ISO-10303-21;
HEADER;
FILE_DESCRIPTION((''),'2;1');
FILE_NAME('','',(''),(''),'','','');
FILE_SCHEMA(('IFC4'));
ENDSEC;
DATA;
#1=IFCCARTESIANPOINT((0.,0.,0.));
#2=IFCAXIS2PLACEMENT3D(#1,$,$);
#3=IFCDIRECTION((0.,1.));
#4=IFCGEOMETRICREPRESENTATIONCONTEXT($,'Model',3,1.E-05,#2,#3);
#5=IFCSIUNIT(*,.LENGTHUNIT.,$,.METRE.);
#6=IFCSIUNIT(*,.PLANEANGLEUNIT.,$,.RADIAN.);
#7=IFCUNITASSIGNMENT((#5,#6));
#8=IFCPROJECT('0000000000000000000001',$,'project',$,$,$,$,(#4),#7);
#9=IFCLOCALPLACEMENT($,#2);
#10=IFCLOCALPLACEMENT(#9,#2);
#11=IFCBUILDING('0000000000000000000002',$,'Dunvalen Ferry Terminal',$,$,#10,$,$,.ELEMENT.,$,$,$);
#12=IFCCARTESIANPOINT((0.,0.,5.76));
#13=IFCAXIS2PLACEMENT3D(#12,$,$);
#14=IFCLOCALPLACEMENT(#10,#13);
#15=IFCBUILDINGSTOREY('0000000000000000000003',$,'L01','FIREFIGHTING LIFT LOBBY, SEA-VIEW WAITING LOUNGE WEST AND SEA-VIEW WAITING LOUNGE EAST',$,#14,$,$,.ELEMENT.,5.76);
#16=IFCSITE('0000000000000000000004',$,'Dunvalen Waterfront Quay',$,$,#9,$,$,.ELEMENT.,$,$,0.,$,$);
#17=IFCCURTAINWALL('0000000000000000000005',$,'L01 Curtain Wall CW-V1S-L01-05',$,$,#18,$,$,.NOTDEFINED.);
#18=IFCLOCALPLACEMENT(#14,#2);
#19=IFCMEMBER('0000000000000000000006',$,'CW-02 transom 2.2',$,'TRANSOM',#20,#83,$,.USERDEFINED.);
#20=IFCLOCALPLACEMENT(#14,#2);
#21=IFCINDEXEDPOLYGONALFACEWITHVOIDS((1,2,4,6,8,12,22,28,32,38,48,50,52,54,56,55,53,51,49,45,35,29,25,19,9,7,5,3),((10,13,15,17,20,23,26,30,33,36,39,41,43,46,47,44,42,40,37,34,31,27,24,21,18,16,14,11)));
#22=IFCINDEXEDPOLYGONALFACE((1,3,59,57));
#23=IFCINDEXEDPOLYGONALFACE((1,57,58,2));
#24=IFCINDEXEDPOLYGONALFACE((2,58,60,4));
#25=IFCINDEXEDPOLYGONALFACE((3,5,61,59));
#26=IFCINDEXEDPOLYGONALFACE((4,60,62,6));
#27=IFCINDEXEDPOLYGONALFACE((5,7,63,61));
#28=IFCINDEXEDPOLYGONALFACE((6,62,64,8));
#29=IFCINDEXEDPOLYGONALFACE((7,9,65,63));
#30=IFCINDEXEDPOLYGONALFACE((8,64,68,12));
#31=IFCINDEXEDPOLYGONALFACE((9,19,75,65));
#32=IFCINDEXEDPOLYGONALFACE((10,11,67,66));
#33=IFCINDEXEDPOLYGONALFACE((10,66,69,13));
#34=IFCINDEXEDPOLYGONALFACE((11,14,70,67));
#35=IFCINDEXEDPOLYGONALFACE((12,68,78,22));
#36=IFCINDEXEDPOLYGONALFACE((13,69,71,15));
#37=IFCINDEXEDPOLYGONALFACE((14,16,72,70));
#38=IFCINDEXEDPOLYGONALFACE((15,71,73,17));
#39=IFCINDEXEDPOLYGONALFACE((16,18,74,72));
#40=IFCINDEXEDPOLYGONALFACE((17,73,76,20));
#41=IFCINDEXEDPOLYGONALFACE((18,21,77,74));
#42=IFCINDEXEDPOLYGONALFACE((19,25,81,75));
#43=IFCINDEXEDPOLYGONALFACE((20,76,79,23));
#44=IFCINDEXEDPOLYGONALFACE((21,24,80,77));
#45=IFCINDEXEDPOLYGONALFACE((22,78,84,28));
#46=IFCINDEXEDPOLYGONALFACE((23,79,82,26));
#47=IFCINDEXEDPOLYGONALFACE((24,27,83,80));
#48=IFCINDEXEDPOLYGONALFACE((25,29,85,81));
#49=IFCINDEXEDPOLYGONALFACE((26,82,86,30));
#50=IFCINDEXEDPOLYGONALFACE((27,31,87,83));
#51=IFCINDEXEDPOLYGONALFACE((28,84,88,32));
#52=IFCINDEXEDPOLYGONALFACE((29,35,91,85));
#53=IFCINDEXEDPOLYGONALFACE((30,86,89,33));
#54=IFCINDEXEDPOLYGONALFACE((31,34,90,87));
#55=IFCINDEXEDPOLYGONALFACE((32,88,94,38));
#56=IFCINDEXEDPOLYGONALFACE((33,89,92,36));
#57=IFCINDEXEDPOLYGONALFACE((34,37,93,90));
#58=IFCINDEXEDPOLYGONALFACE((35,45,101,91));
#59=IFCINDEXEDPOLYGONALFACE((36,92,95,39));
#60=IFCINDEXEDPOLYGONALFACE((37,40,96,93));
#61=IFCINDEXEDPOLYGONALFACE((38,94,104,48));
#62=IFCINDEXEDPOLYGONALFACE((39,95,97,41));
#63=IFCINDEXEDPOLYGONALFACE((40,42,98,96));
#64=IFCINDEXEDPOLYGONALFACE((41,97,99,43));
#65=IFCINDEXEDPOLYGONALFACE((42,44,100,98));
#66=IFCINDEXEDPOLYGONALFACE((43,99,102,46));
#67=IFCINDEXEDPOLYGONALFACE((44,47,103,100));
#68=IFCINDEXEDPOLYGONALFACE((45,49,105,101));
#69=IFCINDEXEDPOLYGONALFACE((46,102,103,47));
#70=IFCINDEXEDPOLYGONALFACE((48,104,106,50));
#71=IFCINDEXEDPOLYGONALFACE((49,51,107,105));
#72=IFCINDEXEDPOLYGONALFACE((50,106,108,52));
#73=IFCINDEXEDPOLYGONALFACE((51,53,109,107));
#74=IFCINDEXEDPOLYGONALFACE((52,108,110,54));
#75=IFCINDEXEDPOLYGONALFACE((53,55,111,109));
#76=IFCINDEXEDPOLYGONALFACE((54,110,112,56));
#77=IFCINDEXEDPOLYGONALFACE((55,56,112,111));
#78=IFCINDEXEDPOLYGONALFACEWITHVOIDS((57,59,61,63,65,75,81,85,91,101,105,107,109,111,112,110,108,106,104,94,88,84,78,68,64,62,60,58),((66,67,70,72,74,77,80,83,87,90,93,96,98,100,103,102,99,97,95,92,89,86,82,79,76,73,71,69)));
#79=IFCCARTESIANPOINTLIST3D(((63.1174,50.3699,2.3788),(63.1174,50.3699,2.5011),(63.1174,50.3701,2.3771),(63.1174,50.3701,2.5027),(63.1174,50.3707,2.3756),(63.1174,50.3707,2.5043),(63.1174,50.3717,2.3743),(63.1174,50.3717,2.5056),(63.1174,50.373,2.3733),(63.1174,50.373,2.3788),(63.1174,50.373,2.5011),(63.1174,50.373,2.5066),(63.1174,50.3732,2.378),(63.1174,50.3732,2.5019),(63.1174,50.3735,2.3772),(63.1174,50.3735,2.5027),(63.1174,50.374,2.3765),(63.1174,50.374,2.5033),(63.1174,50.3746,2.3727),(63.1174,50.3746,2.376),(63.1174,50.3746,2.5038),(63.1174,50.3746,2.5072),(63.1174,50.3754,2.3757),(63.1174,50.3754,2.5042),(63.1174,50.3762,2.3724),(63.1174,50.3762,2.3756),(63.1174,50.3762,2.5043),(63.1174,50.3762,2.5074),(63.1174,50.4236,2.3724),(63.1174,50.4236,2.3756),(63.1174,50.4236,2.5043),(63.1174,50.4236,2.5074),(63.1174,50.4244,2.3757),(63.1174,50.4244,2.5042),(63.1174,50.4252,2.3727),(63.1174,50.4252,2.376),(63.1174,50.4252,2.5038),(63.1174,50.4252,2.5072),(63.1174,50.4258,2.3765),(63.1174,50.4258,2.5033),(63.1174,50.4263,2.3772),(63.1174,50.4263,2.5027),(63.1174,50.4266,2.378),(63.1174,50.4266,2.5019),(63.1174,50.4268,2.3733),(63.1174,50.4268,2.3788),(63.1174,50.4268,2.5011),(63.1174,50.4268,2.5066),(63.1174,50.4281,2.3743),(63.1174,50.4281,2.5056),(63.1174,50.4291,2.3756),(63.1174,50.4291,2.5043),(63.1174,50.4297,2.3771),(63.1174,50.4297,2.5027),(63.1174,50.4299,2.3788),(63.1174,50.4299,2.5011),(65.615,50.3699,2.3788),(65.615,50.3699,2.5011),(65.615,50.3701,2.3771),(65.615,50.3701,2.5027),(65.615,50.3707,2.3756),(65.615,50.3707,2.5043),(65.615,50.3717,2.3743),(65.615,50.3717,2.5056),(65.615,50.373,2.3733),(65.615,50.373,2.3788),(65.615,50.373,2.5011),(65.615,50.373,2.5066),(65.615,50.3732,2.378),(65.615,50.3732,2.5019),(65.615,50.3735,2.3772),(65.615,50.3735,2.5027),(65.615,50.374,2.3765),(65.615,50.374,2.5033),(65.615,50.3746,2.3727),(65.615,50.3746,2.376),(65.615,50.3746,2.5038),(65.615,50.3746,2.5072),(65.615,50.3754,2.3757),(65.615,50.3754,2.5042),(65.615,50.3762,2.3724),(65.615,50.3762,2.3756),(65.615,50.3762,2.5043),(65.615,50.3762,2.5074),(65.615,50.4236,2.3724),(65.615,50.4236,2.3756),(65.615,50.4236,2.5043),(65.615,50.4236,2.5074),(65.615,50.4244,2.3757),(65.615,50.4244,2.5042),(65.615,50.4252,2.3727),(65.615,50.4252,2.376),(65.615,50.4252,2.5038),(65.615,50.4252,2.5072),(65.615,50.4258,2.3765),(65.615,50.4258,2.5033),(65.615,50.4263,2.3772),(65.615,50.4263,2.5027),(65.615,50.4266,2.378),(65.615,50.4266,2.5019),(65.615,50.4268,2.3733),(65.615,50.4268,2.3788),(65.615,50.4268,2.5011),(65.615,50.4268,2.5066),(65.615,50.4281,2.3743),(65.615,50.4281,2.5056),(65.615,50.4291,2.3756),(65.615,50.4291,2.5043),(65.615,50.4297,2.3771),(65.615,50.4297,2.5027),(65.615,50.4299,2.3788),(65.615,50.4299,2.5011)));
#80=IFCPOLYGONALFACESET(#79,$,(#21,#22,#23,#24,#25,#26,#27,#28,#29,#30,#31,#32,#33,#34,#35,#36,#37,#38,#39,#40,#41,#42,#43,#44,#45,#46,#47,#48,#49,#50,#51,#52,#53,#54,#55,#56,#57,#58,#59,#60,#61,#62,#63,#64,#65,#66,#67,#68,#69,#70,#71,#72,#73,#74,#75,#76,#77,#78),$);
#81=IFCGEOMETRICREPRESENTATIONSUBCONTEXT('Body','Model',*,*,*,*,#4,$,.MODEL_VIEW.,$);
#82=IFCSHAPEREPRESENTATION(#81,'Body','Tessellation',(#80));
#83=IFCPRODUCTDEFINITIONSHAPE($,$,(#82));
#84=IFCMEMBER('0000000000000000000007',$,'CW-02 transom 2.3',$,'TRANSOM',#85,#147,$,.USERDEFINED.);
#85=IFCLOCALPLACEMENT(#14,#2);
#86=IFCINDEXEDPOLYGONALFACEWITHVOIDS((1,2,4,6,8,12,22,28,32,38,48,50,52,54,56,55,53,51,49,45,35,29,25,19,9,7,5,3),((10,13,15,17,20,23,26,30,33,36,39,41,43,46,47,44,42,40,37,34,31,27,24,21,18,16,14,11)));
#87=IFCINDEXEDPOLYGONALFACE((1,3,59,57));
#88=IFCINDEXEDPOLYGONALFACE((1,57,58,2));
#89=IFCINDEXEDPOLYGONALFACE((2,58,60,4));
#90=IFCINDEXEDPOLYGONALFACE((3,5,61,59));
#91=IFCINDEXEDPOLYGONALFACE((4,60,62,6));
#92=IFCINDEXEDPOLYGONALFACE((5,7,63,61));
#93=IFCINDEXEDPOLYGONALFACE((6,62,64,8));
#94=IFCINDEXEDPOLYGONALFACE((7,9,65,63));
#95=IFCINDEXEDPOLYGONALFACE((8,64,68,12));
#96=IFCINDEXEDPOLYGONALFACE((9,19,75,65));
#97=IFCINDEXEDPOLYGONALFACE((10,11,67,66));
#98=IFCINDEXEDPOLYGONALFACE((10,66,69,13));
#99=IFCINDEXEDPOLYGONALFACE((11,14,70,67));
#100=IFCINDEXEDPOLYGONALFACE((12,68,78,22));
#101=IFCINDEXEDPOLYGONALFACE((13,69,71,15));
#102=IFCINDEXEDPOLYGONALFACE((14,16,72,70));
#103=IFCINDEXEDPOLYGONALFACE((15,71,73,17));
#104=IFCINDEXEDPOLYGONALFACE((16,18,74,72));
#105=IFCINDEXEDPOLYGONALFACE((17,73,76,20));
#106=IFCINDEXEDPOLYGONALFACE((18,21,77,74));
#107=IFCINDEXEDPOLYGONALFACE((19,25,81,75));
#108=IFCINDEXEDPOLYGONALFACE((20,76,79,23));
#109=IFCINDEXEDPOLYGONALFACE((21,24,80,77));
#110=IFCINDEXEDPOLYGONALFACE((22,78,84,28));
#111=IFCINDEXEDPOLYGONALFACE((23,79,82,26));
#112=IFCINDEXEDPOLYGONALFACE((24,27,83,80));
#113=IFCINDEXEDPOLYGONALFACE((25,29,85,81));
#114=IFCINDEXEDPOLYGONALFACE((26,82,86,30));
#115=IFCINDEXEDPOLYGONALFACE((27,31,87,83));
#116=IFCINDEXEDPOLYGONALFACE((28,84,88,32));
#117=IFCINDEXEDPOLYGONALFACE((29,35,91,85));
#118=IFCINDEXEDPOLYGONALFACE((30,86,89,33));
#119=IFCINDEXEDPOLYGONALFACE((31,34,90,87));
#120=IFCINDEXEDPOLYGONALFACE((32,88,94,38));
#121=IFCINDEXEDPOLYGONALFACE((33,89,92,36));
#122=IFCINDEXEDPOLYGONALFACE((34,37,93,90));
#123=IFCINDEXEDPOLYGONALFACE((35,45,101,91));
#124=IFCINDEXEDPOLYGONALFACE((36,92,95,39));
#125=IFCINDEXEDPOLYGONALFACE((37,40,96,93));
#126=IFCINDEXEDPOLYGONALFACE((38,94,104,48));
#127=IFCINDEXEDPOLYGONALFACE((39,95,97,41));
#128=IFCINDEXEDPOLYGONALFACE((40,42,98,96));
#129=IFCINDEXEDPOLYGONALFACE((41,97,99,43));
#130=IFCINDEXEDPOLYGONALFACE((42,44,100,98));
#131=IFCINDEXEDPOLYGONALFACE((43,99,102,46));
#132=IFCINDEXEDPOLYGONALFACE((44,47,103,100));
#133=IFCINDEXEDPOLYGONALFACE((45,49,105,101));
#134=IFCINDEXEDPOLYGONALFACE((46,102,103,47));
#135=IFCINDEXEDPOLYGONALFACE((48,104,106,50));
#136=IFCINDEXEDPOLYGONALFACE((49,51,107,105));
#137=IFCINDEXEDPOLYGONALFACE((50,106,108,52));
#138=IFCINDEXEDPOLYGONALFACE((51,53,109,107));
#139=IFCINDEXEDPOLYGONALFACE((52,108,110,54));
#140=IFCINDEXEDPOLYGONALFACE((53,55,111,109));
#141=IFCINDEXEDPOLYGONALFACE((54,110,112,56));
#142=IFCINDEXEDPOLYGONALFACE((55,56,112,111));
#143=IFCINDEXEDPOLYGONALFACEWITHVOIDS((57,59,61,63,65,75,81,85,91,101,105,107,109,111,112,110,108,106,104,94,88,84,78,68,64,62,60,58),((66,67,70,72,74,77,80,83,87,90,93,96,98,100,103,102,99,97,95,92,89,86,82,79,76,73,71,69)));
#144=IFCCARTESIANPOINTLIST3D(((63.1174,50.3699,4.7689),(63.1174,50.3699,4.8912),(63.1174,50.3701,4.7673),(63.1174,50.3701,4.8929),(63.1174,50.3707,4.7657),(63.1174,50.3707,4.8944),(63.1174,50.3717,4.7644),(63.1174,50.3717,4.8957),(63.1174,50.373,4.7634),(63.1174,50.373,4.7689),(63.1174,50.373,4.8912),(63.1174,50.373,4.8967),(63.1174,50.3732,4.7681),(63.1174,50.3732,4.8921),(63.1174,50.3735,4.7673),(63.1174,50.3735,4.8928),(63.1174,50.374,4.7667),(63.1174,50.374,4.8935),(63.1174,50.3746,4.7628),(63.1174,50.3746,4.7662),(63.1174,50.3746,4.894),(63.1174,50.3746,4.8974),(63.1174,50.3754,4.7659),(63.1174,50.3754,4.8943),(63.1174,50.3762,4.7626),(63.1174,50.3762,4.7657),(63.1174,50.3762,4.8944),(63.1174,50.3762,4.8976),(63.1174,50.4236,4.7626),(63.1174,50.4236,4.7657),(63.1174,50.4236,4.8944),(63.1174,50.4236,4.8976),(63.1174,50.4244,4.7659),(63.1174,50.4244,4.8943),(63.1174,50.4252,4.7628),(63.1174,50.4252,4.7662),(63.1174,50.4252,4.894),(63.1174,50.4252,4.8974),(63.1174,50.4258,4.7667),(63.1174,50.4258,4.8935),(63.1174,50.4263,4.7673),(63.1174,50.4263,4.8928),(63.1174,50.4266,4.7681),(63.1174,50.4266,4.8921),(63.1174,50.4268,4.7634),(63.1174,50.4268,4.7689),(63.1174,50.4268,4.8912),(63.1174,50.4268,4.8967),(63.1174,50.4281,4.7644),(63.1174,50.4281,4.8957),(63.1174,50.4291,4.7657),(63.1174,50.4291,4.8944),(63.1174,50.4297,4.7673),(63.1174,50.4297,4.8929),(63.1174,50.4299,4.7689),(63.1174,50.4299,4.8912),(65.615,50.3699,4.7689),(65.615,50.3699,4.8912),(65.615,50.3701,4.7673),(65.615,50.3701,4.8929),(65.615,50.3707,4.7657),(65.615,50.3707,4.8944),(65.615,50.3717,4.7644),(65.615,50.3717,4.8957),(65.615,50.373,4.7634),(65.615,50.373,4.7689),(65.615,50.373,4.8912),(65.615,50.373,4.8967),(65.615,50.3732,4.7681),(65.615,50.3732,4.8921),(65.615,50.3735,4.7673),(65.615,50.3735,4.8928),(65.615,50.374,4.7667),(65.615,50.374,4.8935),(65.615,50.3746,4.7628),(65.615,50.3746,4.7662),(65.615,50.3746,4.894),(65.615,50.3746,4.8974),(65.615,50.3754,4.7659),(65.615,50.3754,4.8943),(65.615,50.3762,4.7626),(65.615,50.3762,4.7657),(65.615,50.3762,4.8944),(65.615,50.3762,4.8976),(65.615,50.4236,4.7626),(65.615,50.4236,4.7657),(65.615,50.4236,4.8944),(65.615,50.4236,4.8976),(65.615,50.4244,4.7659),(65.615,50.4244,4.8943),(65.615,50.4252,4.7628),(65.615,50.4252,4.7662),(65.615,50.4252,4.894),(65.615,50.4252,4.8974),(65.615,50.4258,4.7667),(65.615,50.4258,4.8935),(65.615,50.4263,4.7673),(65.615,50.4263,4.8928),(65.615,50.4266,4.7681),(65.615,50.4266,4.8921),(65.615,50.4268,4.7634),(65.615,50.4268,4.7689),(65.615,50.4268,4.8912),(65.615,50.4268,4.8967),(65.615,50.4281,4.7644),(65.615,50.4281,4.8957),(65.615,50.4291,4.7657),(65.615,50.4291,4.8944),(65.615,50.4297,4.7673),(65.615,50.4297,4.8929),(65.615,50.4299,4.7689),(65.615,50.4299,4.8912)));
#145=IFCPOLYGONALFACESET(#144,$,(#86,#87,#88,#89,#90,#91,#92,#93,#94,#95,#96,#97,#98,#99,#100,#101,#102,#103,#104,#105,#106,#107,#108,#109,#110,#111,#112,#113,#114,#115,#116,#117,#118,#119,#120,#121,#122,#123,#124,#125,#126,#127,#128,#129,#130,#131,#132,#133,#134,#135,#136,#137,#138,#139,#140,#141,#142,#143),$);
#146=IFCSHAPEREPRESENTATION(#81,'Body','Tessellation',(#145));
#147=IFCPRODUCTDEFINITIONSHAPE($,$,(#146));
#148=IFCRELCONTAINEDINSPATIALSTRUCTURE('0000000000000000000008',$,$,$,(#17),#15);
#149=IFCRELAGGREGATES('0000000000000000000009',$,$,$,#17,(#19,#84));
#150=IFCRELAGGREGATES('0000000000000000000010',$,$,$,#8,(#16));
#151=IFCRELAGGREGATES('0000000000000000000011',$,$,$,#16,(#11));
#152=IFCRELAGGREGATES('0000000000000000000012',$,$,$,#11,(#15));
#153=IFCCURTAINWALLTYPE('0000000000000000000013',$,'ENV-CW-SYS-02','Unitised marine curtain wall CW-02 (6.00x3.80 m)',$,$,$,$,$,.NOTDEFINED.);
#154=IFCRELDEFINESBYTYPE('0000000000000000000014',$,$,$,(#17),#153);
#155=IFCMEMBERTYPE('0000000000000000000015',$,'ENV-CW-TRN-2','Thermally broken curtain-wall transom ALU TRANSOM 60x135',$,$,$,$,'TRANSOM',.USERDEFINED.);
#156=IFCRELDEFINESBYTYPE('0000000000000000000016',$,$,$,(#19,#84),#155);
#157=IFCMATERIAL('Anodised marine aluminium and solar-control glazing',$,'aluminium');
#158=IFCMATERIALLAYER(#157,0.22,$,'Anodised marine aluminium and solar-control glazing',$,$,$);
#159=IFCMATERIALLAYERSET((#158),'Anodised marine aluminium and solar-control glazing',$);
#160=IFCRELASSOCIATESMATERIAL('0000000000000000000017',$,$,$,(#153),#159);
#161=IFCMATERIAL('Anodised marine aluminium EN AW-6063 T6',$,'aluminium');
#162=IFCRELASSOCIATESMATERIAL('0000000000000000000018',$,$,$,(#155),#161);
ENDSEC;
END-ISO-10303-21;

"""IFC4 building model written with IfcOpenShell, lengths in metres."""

from ifc_helpers import new_model, si_unit, direction, frame, origin, origin_2d, place, context, subcontext, project, spatial, hollow_rectangle, extrude, material, layer, layer_set, material_profile, profile_set, type_object, element, aggregate, save


model = new_model("IFC4")

# Units and contexts
model_context = context("Model", 3, precision=1e-05, world=origin(), true_north=direction((0.0, 1.0)))
body_context = subcontext(model_context, "Body", "Model", "MODEL_VIEW")
ifc_project = project(units=[si_unit("LENGTHUNIT", "METRE"), si_unit("PLANEANGLEUNIT", "RADIAN")], contexts=[model_context])

# Site, building, storey
site_placement = place(None, origin())
site = spatial("IfcSite", under=ifc_project, at=site_placement, Name="Dunvalen Waterfront Quay", CompositionType="ELEMENT", RefElevation=0.0)
building_placement = place(site_placement, origin())
building = spatial("IfcBuilding", under=site, at=building_placement, Name="Dunvalen Ferry Terminal", CompositionType="ELEMENT")
storey_placement = place(building_placement, frame((0.0, 0.0, 5.76)))
storey = spatial("IfcBuildingStorey", under=building, at=storey_placement, Name="L01", Description="FIREFIGHTING LIFT LOBBY, SEA-VIEW WAITING LOUNGE WEST AND SEA-VIEW WAITING LOUNGE EAST", CompositionType="ELEMENT", Elevation=5.76)

# Curtain wall
ifc_material_1 = material(Name="Anodised marine aluminium and solar-control glazing", Category="aluminium")
ifc_layer_1 = layer(ifc_material_1, 0.22, Name="Anodised marine aluminium and solar-control glazing")
ifc_layer_set_1 = layer_set([ifc_layer_1], Name="Anodised marine aluminium and solar-control glazing")
curtain_wall_type = type_object("IfcCurtainWallType", Name="ENV-CW-SYS-02", Description="Unitised marine curtain wall CW-02 (6.00x3.80 m)", PredefinedType="NOTDEFINED", material=ifc_layer_set_1)
curtain_wall_1_placement = place(storey_placement, origin())
curtain_wall_1 = element("IfcCurtainWall", 1, at=curtain_wall_1_placement, inside=storey, type_object=curtain_wall_type, Name="L01 Curtain Wall CW-V1S-L01-05", PredefinedType="NOTDEFINED")
ifc_material_2 = material(Name="Anodised marine aluminium EN AW-6063 T6", Category="aluminium")

# Members
ifc_material_profile_1 = material_profile(ifc_material_2, hollow_rectangle(XDim=0.0601, YDim=0.135, WallThickness=0.0032, InnerFilletRadius=0.0032, OuterFilletRadius=0.0063, at=origin_2d()), Name="Anodised marine aluminium EN AW-6063 T6")
ifc_profile_set_1 = profile_set([ifc_material_profile_1], Name="Anodised marine aluminium EN AW-6063 T6")
member_type_1 = type_object("IfcMemberType", Name="ENV-CW-TRN-2", Description="Thermally broken curtain-wall transom ALU TRANSOM 60x135", ElementType="TRANSOM", PredefinedType="USERDEFINED", material=ifc_profile_set_1)
member_1_placement = place(storey_placement, frame((63.1174, 50.3999, 2.4399), z_axis=(1.0, 0.0, 0.0), x_axis=(0.0, 1.0, 0.0)))
member_1 = element("IfcMember", 2, at=member_1_placement, type_object=member_type_1, Name="CW-02 transom 2.2", ObjectType="TRANSOM", PredefinedType="USERDEFINED", context=body_context, shape_type="SweptSolid", body=[
    extrude(hollow_rectangle(XDim=0.0601, YDim=0.135, WallThickness=0.0032, InnerFilletRadius=0.0032, OuterFilletRadius=0.0063, at=origin_2d()), origin(), (0.0, 0.0, 1.0), 2.4976),
])
member_2_placement = place(storey_placement, frame((63.1174, 50.3999, 4.8301), z_axis=(1.0, 0.0, 0.0), x_axis=(0.0, 1.0, 0.0)))
member_2 = element("IfcMember", 3, at=member_2_placement, type_object=member_type_1, Name="CW-02 transom 2.3", ObjectType="TRANSOM", PredefinedType="USERDEFINED", context=body_context, shape_type="SweptSolid", body=[
    extrude(hollow_rectangle(XDim=0.0601, YDim=0.135, WallThickness=0.0032, InnerFilletRadius=0.0032, OuterFilletRadius=0.0063, at=origin_2d()), origin(), (0.0, 0.0, 1.0), 2.4976),
])

aggregate(curtain_wall_1, [member_1, member_2])

save(model, "model.ifc")
